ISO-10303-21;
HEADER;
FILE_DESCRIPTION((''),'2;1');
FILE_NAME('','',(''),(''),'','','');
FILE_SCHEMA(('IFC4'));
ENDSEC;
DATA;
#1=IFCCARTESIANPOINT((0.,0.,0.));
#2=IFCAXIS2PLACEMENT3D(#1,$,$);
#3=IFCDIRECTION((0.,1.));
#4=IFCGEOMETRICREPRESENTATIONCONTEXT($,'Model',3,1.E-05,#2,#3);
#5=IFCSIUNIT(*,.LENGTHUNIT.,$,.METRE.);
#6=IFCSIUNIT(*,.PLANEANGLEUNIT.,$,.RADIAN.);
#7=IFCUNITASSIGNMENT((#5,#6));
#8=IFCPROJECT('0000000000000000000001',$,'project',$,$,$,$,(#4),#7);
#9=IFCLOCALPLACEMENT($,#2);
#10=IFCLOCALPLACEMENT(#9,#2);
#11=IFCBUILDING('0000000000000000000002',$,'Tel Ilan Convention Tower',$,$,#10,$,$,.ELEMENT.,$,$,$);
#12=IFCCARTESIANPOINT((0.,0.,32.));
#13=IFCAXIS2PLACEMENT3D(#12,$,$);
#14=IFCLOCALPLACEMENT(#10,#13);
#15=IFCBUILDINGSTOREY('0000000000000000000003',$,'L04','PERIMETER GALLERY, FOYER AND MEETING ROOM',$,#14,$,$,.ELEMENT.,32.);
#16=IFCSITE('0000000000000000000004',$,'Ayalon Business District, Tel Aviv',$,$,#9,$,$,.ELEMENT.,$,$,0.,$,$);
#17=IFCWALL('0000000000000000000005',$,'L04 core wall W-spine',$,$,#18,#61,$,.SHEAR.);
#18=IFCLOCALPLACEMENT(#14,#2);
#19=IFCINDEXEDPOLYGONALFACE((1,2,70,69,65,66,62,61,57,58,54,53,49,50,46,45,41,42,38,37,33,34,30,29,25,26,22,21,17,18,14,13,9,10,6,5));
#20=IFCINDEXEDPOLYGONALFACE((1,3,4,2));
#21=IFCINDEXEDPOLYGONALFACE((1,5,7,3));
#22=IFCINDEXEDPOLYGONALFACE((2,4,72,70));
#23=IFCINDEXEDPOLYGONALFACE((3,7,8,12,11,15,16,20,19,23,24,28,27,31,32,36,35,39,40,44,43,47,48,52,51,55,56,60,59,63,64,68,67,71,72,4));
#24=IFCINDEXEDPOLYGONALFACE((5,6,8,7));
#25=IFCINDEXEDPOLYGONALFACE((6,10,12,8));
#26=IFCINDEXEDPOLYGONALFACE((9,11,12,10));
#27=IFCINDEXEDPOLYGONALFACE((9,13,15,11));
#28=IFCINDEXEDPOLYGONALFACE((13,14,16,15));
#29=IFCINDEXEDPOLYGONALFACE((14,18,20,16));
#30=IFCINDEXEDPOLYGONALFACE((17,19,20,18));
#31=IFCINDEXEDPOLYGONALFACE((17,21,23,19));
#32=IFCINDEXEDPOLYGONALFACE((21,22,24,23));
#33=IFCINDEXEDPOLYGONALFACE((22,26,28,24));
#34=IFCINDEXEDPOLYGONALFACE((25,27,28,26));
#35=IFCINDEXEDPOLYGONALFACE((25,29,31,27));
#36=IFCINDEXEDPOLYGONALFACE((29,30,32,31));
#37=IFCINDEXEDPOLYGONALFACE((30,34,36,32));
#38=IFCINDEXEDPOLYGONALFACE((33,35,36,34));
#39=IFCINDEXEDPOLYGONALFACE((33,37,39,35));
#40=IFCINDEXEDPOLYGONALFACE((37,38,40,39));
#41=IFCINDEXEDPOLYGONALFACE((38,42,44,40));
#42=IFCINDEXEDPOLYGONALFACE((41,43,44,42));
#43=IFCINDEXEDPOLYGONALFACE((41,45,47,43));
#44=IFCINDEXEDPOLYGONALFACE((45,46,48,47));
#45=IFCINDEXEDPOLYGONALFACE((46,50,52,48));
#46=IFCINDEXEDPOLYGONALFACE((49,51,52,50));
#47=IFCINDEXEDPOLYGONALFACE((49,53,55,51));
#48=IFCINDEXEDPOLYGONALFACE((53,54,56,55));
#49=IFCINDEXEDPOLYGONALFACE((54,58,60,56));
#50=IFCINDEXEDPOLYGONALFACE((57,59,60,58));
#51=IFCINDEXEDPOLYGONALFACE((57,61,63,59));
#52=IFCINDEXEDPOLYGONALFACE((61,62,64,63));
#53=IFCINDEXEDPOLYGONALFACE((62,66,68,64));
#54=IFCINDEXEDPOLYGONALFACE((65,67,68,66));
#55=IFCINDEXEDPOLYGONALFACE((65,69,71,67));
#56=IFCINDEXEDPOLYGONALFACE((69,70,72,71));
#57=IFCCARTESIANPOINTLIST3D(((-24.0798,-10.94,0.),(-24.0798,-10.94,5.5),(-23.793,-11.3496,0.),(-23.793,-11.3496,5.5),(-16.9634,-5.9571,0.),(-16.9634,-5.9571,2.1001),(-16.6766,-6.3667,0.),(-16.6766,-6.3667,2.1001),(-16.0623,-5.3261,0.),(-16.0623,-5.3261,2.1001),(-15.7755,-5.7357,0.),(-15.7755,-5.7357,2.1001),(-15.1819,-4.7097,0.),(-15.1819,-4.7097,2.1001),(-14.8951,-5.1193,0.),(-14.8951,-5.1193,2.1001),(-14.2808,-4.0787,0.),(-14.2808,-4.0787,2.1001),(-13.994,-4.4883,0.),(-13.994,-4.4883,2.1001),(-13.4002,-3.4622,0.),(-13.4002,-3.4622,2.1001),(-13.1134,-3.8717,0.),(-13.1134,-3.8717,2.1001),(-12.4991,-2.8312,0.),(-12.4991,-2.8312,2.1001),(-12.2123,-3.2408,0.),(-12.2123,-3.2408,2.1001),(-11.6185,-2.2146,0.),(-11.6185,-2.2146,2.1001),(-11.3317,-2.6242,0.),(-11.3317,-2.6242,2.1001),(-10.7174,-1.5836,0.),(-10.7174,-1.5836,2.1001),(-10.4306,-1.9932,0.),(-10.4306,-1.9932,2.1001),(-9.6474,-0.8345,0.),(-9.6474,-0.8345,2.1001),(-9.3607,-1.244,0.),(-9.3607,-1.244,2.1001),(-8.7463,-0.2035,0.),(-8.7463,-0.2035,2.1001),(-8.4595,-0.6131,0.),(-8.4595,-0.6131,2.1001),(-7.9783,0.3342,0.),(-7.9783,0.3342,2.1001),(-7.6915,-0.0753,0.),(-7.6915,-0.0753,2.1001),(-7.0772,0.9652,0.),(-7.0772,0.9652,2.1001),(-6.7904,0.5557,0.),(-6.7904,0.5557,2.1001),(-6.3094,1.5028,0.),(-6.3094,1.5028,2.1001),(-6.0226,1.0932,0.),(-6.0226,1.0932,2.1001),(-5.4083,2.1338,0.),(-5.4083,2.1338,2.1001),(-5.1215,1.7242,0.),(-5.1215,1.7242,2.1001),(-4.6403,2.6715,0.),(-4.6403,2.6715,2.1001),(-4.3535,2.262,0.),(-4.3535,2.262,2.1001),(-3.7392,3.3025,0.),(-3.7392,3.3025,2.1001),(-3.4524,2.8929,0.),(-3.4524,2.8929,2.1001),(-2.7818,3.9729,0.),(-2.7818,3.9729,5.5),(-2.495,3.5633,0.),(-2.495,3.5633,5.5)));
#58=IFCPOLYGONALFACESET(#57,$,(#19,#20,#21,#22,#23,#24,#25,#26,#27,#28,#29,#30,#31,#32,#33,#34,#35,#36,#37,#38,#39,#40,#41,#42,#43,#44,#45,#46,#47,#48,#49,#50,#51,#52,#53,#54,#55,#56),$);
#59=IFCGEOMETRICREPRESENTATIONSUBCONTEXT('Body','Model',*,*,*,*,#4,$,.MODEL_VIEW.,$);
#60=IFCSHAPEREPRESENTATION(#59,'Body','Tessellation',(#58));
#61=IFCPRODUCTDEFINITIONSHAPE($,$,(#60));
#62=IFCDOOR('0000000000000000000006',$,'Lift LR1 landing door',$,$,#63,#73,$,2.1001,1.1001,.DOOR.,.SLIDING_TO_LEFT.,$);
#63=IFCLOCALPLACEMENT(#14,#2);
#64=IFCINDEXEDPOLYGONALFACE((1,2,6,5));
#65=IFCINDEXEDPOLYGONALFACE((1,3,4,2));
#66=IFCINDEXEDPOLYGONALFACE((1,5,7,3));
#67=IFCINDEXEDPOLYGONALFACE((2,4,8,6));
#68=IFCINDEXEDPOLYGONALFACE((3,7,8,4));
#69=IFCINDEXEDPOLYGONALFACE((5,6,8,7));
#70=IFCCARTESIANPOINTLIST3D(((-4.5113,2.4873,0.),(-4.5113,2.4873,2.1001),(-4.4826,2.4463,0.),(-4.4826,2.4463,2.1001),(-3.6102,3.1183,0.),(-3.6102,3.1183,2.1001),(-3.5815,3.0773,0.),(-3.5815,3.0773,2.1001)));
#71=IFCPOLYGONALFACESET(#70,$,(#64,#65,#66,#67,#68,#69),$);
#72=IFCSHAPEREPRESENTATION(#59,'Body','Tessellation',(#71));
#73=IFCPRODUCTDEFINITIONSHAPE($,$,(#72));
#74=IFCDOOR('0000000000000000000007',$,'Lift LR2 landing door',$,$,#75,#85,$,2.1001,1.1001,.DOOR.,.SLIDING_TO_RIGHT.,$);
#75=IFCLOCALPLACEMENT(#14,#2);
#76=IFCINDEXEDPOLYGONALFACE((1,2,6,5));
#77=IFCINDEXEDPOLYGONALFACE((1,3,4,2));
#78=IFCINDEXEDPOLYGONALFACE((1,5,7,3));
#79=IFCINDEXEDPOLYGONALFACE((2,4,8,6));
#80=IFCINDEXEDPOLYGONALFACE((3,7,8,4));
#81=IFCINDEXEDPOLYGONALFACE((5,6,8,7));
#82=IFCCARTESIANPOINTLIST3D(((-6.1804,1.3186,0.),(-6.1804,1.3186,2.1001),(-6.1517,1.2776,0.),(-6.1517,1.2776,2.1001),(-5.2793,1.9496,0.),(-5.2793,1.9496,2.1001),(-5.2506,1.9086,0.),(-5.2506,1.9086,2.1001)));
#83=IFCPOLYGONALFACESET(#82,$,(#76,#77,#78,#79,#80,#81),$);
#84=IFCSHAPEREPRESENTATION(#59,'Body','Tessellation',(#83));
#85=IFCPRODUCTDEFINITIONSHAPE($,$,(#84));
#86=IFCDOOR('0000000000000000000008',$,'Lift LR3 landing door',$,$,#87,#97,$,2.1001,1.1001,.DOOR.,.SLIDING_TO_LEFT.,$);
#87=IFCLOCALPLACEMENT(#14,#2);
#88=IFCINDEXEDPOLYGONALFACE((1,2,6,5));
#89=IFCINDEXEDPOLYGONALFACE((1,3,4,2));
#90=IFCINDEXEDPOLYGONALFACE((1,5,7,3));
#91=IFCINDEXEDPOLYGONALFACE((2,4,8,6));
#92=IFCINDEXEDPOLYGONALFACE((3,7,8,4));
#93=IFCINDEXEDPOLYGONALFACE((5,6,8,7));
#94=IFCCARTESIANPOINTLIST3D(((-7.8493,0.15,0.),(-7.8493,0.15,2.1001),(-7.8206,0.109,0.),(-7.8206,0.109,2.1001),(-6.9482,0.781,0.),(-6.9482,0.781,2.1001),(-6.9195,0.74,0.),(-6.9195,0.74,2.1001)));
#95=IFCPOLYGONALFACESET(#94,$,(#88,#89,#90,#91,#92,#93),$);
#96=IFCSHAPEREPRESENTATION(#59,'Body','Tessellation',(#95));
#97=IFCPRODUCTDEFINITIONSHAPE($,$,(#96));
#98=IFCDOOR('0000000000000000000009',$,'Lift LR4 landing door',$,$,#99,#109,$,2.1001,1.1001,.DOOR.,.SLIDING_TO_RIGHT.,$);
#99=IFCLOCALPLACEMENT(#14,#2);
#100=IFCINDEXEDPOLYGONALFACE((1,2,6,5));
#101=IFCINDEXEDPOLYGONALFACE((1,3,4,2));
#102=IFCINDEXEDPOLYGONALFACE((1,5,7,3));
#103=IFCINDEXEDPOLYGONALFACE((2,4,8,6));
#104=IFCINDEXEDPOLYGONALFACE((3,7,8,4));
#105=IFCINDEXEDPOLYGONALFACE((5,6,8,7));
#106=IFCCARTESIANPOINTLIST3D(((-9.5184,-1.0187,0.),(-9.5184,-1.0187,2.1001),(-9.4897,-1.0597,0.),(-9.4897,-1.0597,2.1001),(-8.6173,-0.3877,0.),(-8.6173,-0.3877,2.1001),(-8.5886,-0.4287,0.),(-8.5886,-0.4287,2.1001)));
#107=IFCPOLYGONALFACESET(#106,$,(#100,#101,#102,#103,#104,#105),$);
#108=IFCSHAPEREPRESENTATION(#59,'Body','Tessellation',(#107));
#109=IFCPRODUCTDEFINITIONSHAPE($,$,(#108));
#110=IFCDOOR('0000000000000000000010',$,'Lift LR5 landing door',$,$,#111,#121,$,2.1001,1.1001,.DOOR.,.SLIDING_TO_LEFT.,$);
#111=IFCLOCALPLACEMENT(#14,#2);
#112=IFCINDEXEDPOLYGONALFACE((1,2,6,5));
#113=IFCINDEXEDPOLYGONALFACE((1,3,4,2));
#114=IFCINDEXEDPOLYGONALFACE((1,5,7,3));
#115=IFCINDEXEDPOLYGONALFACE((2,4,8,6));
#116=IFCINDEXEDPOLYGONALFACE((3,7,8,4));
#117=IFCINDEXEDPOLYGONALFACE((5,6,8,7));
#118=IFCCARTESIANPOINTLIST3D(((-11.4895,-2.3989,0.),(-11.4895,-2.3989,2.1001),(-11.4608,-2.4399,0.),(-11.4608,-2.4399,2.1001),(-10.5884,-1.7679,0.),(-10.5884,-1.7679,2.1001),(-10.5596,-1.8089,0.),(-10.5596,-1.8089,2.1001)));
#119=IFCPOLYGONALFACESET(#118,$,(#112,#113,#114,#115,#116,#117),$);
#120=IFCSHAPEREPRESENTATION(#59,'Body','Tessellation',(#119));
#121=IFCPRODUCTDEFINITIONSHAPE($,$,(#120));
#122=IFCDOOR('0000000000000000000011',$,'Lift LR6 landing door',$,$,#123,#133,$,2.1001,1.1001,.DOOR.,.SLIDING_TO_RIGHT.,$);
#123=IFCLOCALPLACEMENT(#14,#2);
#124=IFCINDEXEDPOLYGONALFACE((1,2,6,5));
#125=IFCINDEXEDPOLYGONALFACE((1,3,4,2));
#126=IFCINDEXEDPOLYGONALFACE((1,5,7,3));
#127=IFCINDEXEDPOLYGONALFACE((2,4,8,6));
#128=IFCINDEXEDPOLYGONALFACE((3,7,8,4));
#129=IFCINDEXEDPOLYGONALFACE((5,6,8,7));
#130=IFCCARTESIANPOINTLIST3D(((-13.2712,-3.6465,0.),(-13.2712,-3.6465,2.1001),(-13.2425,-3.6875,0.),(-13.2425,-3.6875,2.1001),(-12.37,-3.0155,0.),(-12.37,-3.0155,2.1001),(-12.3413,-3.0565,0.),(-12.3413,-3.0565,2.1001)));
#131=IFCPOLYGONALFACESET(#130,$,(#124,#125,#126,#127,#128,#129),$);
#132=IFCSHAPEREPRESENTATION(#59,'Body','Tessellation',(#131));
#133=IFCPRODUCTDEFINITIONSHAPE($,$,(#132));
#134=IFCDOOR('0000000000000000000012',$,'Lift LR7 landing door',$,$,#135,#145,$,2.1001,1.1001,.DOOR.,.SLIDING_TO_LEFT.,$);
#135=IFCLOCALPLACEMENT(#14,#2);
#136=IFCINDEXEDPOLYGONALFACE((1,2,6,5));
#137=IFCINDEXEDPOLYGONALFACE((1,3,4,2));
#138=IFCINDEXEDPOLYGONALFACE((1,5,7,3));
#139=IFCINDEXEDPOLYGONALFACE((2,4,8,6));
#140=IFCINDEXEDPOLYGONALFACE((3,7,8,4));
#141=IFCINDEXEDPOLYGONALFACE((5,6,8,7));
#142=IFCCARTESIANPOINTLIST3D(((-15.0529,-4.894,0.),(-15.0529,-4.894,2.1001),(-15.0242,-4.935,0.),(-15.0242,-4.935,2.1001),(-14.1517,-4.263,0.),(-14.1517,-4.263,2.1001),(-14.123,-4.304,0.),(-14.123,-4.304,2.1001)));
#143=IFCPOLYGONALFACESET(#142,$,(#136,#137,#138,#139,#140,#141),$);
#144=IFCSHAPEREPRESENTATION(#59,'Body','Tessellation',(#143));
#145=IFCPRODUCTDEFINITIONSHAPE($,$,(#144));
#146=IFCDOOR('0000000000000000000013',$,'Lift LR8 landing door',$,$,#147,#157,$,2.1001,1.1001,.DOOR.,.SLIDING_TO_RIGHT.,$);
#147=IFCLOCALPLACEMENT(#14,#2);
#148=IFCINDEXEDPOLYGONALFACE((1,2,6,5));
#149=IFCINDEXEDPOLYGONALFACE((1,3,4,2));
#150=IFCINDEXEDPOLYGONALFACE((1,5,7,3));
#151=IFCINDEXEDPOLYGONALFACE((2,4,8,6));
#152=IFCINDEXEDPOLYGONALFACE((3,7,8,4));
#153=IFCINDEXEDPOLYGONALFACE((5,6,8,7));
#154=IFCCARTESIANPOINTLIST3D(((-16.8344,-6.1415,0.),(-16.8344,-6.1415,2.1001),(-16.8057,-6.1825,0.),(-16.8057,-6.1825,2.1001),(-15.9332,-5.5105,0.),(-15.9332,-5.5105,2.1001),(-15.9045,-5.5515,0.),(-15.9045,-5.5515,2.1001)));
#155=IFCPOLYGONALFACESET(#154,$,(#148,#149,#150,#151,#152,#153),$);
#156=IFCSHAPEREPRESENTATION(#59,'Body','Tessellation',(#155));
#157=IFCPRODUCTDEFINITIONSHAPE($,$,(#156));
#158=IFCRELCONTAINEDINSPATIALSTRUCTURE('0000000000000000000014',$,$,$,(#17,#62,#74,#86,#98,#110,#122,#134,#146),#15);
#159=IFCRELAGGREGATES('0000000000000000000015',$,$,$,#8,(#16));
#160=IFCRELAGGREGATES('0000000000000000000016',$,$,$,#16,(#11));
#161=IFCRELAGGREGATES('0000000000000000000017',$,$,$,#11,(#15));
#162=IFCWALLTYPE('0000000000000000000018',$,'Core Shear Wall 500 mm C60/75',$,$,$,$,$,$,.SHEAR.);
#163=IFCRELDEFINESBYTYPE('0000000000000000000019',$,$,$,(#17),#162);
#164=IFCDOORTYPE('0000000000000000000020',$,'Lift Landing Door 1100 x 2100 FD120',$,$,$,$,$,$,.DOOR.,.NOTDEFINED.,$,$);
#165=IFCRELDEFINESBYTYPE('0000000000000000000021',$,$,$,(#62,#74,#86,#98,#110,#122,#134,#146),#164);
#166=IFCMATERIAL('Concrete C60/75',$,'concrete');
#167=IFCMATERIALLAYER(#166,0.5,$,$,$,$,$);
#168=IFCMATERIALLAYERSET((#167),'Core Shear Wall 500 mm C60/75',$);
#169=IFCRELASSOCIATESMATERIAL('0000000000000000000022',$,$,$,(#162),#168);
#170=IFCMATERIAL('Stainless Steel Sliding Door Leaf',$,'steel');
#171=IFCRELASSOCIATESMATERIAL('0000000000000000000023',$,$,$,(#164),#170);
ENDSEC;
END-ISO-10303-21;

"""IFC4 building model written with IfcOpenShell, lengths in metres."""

from ifc_helpers import new_model, si_unit, direction, frame, frame_2d, origin, place, context, subcontext, project, spatial, polyline, rectangle, outline, extrude, material, layer, layer_set, type_object, element, fill, save


model = new_model("IFC4")

# Units and contexts
model_context = context("Model", 3, precision=1e-05, world=origin(), true_north=direction((0.0, 1.0)))
body_context = subcontext(model_context, "Body", "Model", "MODEL_VIEW")
ifc_project = project(units=[si_unit("LENGTHUNIT", "METRE"), si_unit("PLANEANGLEUNIT", "RADIAN")], contexts=[model_context])

# Site, building, storey
site_placement = place(None, origin())
site = spatial("IfcSite", under=ifc_project, at=site_placement, Name="Ayalon Business District, Tel Aviv", CompositionType="ELEMENT", RefElevation=0.0)
building_placement = place(site_placement, origin())
building = spatial("IfcBuilding", under=site, at=building_placement, Name="Tel Ilan Convention Tower", CompositionType="ELEMENT")
storey_placement = place(building_placement, frame((0.0, 0.0, 32.0)))
storey = spatial("IfcBuildingStorey", under=building, at=storey_placement, Name="L04", Description="PERIMETER GALLERY, FOYER AND MEETING ROOM", CompositionType="ELEMENT", Elevation=32.0)

# Wall, openings, doors
ifc_material_1 = material(Name="Concrete C60/75", Category="concrete")
ifc_layer_1 = layer(ifc_material_1, 0.5)
ifc_layer_set_1 = layer_set([ifc_layer_1], Name="Core Shear Wall 500 mm C60/75")
wall_type_1 = type_object("IfcWallType", Name="Core Shear Wall 500 mm C60/75", PredefinedType="SHEAR", material=ifc_layer_set_1)
wall_1_placement = place(storey_placement, frame((-2.6384, 3.7681, 0.0), z_axis=(0.0, 0.0, 1.0), x_axis=(-0.819149, -0.573581, 0.0)))
wall_1 = element("IfcWall", 1, at=wall_1_placement, inside=storey, type_object=wall_type_1, Name="L04 core wall W-spine", PredefinedType="SHEAR", context=body_context, shape_type="SweptSolid", body=[
    extrude(outline(polyline([(26.0, 0.2498), (0.0, 0.25), (0.0, -0.25), (26.0, -0.2502), (26.0, 0.2498)])), origin(), (0.0, 0.0, 1.0), 5.5),
])
opening_1_placement = place(wall_1_placement, frame((1.1687, 0.0, 0.0)))
opening_1 = element("IfcOpeningElement", 2, at=opening_1_placement, cuts=wall_1, PredefinedType="OPENING", context=body_context, shape_type="SweptSolid", body=[
    extrude(rectangle(XDim=1.1001, YDim=2.1001, at=frame_2d((0.55, 1.05))), frame((0.0, 0.26, 0.0), z_axis=(0.0, -1.0, 0.0), x_axis=(1.0, 0.0, 0.0)), (0.0, 0.0, 1.0), 0.52),
])
opening_2_placement = place(wall_1_placement, frame((3.2063, 0.0, 0.0)))
opening_2 = element("IfcOpeningElement", 3, at=opening_2_placement, cuts=wall_1, PredefinedType="OPENING", context=body_context, shape_type="SweptSolid", body=[
    extrude(rectangle(XDim=1.1001, YDim=2.1001, at=frame_2d((0.55, 1.05))), frame((0.0, 0.26, 0.0), z_axis=(0.0, -1.0, 0.0), x_axis=(1.0, 0.0, 0.0)), (0.0, 0.0, 1.0), 0.52),
])
opening_3_placement = place(wall_1_placement, frame((5.2437, 0.0, 0.0)))
opening_3 = element("IfcOpeningElement", 4, at=opening_3_placement, cuts=wall_1, PredefinedType="OPENING", context=body_context, shape_type="SweptSolid", body=[
    extrude(rectangle(XDim=1.1001, YDim=2.1001, at=frame_2d((0.55, 1.05))), frame((0.0, 0.26, 0.0), z_axis=(0.0, -1.0, 0.0), x_axis=(1.0, 0.0, 0.0)), (0.0, 0.0, 1.0), 0.52),
])
opening_4_placement = place(wall_1_placement, frame((7.2812, 0.0, 0.0)))
opening_4 = element("IfcOpeningElement", 5, at=opening_4_placement, cuts=wall_1, PredefinedType="OPENING", context=body_context, shape_type="SweptSolid", body=[
    extrude(rectangle(XDim=1.1001, YDim=2.1001, at=frame_2d((0.55, 1.05))), frame((0.0, 0.26, 0.0), z_axis=(0.0, -1.0, 0.0), x_axis=(1.0, 0.0, 0.0)), (0.0, 0.0, 1.0), 0.52),
])
opening_5_placement = place(wall_1_placement, frame((9.6875, 0.0, 0.0)))
opening_5 = element("IfcOpeningElement", 6, at=opening_5_placement, cuts=wall_1, PredefinedType="OPENING", context=body_context, shape_type="SweptSolid", body=[
    extrude(rectangle(XDim=1.1001, YDim=2.1001, at=frame_2d((0.55, 1.05))), frame((0.0, 0.26, 0.0), z_axis=(0.0, -1.0, 0.0), x_axis=(1.0, 0.0, 0.0)), (0.0, 0.0, 1.0), 0.52),
])
opening_6_placement = place(wall_1_placement, frame((11.8625, 0.0, 0.0)))
opening_6 = element("IfcOpeningElement", 7, at=opening_6_placement, cuts=wall_1, PredefinedType="OPENING", context=body_context, shape_type="SweptSolid", body=[
    extrude(rectangle(XDim=1.1001, YDim=2.1001, at=frame_2d((0.55, 1.05))), frame((0.0, 0.26, 0.0), z_axis=(0.0, -1.0, 0.0), x_axis=(1.0, 0.0, 0.0)), (0.0, 0.0, 1.0), 0.52),
])
opening_7_placement = place(wall_1_placement, frame((14.0376, 0.0, 0.0)))
opening_7 = element("IfcOpeningElement", 8, at=opening_7_placement, cuts=wall_1, PredefinedType="OPENING", context=body_context, shape_type="SweptSolid", body=[
    extrude(rectangle(XDim=1.1001, YDim=2.1001, at=frame_2d((0.55, 1.05))), frame((0.0, 0.26, 0.0), z_axis=(0.0, -1.0, 0.0), x_axis=(1.0, 0.0, 0.0)), (0.0, 0.0, 1.0), 0.52),
])
opening_8_placement = place(wall_1_placement, frame((16.2124, 0.0, 0.0)))
opening_8 = element("IfcOpeningElement", 9, at=opening_8_placement, cuts=wall_1, PredefinedType="OPENING", context=body_context, shape_type="SweptSolid", body=[
    extrude(rectangle(XDim=1.1001, YDim=2.1001, at=frame_2d((0.55, 1.05))), frame((0.0, 0.26, 0.0), z_axis=(0.0, -1.0, 0.0), x_axis=(1.0, 0.0, 0.0)), (0.0, 0.0, 1.0), 0.52),
])
ifc_material_2 = material(Name="Stainless Steel Sliding Door Leaf", Category="steel")
door_type_1 = type_object("IfcDoorType", Name="Lift Landing Door 1100 x 2100 FD120", OperationType="NOTDEFINED", PredefinedType="DOOR", material=ifc_material_2)
door_1_placement = place(opening_1_placement, origin())
door_1 = element("IfcDoor", 10, at=door_1_placement, inside=storey, type_object=door_type_1, Name="Lift LR1 landing door", OperationType="SLIDING_TO_LEFT", OverallHeight=2.1001, OverallWidth=1.1001, PredefinedType="DOOR", context=body_context, shape_type="SweptSolid", body=[
    extrude(rectangle(XDim=1.1001, YDim=2.1001, at=frame_2d((0.55, 1.05))), frame((0.0, 0.0249, 0.0), z_axis=(0.0, -1.0, 0.0), x_axis=(1.0, 0.0, 0.0)), (0.0, 0.0, 1.0), 0.05),
])
fill(opening_1, door_1)
door_2_placement = place(opening_2_placement, origin())
door_2 = element("IfcDoor", 11, at=door_2_placement, inside=storey, type_object=door_type_1, Name="Lift LR2 landing door", OperationType="SLIDING_TO_RIGHT", OverallHeight=2.1001, OverallWidth=1.1001, PredefinedType="DOOR", context=body_context, shape_type="SweptSolid", body=[
    extrude(rectangle(XDim=1.1001, YDim=2.1001, at=frame_2d((0.55, 1.05))), frame((0.0, 0.0249, 0.0), z_axis=(0.0, -1.0, 0.0), x_axis=(1.0, 0.0, 0.0)), (0.0, 0.0, 1.0), 0.05),
])
fill(opening_2, door_2)
door_3_placement = place(opening_3_placement, origin())
door_3 = element("IfcDoor", 12, at=door_3_placement, inside=storey, type_object=door_type_1, Name="Lift LR3 landing door", OperationType="SLIDING_TO_LEFT", OverallHeight=2.1001, OverallWidth=1.1001, PredefinedType="DOOR", context=body_context, shape_type="SweptSolid", body=[
    extrude(rectangle(XDim=1.1001, YDim=2.1001, at=frame_2d((0.55, 1.05))), frame((0.0, 0.0249, 0.0), z_axis=(0.0, -1.0, 0.0), x_axis=(1.0, 0.0, 0.0)), (0.0, 0.0, 1.0), 0.05),
])
fill(opening_3, door_3)
door_4_placement = place(opening_4_placement, origin())
door_4 = element("IfcDoor", 13, at=door_4_placement, inside=storey, type_object=door_type_1, Name="Lift LR4 landing door", OperationType="SLIDING_TO_RIGHT", OverallHeight=2.1001, OverallWidth=1.1001, PredefinedType="DOOR", context=body_context, shape_type="SweptSolid", body=[
    extrude(rectangle(XDim=1.1001, YDim=2.1001, at=frame_2d((0.55, 1.05))), frame((0.0, 0.0249, 0.0), z_axis=(0.0, -1.0, 0.0), x_axis=(1.0, 0.0, 0.0)), (0.0, 0.0, 1.0), 0.05),
])
fill(opening_4, door_4)
door_5_placement = place(opening_5_placement, origin())
door_5 = element("IfcDoor", 14, at=door_5_placement, inside=storey, type_object=door_type_1, Name="Lift LR5 landing door", OperationType="SLIDING_TO_LEFT", OverallHeight=2.1001, OverallWidth=1.1001, PredefinedType="DOOR", context=body_context, shape_type="SweptSolid", body=[
    extrude(rectangle(XDim=1.1001, YDim=2.1001, at=frame_2d((0.55, 1.05))), frame((0.0, 0.0249, 0.0), z_axis=(0.0, -1.0, 0.0), x_axis=(1.0, 0.0, 0.0)), (0.0, 0.0, 1.0), 0.05),
])
fill(opening_5, door_5)
door_6_placement = place(opening_6_placement, origin())
door_6 = element("IfcDoor", 15, at=door_6_placement, inside=storey, type_object=door_type_1, Name="Lift LR6 landing door", OperationType="SLIDING_TO_RIGHT", OverallHeight=2.1001, OverallWidth=1.1001, PredefinedType="DOOR", context=body_context, shape_type="SweptSolid", body=[
    extrude(rectangle(XDim=1.1001, YDim=2.1001, at=frame_2d((0.55, 1.05))), frame((0.0, 0.0249, 0.0), z_axis=(0.0, -1.0, 0.0), x_axis=(1.0, 0.0, 0.0)), (0.0, 0.0, 1.0), 0.05),
])
fill(opening_6, door_6)
door_7_placement = place(opening_7_placement, origin())
door_7 = element("IfcDoor", 16, at=door_7_placement, inside=storey, type_object=door_type_1, Name="Lift LR7 landing door", OperationType="SLIDING_TO_LEFT", OverallHeight=2.1001, OverallWidth=1.1001, PredefinedType="DOOR", context=body_context, shape_type="SweptSolid", body=[
    extrude(rectangle(XDim=1.1001, YDim=2.1001, at=frame_2d((0.55, 1.05))), frame((0.0, 0.0249, 0.0), z_axis=(0.0, -1.0, 0.0), x_axis=(1.0, 0.0, 0.0)), (0.0, 0.0, 1.0), 0.05),
])
fill(opening_7, door_7)
door_8_placement = place(opening_8_placement, origin())
door_8 = element("IfcDoor", 17, at=door_8_placement, inside=storey, type_object=door_type_1, Name="Lift LR8 landing door", OperationType="SLIDING_TO_RIGHT", OverallHeight=2.1001, OverallWidth=1.1001, PredefinedType="DOOR", context=body_context, shape_type="SweptSolid", body=[
    extrude(rectangle(XDim=1.1001, YDim=2.1001, at=frame_2d((0.55, 1.05))), frame((0.0, 0.0249, 0.0), z_axis=(0.0, -1.0, 0.0), x_axis=(1.0, 0.0, 0.0)), (0.0, 0.0, 1.0), 0.05),
])
fill(opening_8, door_8)

save(model, "model.ifc")
